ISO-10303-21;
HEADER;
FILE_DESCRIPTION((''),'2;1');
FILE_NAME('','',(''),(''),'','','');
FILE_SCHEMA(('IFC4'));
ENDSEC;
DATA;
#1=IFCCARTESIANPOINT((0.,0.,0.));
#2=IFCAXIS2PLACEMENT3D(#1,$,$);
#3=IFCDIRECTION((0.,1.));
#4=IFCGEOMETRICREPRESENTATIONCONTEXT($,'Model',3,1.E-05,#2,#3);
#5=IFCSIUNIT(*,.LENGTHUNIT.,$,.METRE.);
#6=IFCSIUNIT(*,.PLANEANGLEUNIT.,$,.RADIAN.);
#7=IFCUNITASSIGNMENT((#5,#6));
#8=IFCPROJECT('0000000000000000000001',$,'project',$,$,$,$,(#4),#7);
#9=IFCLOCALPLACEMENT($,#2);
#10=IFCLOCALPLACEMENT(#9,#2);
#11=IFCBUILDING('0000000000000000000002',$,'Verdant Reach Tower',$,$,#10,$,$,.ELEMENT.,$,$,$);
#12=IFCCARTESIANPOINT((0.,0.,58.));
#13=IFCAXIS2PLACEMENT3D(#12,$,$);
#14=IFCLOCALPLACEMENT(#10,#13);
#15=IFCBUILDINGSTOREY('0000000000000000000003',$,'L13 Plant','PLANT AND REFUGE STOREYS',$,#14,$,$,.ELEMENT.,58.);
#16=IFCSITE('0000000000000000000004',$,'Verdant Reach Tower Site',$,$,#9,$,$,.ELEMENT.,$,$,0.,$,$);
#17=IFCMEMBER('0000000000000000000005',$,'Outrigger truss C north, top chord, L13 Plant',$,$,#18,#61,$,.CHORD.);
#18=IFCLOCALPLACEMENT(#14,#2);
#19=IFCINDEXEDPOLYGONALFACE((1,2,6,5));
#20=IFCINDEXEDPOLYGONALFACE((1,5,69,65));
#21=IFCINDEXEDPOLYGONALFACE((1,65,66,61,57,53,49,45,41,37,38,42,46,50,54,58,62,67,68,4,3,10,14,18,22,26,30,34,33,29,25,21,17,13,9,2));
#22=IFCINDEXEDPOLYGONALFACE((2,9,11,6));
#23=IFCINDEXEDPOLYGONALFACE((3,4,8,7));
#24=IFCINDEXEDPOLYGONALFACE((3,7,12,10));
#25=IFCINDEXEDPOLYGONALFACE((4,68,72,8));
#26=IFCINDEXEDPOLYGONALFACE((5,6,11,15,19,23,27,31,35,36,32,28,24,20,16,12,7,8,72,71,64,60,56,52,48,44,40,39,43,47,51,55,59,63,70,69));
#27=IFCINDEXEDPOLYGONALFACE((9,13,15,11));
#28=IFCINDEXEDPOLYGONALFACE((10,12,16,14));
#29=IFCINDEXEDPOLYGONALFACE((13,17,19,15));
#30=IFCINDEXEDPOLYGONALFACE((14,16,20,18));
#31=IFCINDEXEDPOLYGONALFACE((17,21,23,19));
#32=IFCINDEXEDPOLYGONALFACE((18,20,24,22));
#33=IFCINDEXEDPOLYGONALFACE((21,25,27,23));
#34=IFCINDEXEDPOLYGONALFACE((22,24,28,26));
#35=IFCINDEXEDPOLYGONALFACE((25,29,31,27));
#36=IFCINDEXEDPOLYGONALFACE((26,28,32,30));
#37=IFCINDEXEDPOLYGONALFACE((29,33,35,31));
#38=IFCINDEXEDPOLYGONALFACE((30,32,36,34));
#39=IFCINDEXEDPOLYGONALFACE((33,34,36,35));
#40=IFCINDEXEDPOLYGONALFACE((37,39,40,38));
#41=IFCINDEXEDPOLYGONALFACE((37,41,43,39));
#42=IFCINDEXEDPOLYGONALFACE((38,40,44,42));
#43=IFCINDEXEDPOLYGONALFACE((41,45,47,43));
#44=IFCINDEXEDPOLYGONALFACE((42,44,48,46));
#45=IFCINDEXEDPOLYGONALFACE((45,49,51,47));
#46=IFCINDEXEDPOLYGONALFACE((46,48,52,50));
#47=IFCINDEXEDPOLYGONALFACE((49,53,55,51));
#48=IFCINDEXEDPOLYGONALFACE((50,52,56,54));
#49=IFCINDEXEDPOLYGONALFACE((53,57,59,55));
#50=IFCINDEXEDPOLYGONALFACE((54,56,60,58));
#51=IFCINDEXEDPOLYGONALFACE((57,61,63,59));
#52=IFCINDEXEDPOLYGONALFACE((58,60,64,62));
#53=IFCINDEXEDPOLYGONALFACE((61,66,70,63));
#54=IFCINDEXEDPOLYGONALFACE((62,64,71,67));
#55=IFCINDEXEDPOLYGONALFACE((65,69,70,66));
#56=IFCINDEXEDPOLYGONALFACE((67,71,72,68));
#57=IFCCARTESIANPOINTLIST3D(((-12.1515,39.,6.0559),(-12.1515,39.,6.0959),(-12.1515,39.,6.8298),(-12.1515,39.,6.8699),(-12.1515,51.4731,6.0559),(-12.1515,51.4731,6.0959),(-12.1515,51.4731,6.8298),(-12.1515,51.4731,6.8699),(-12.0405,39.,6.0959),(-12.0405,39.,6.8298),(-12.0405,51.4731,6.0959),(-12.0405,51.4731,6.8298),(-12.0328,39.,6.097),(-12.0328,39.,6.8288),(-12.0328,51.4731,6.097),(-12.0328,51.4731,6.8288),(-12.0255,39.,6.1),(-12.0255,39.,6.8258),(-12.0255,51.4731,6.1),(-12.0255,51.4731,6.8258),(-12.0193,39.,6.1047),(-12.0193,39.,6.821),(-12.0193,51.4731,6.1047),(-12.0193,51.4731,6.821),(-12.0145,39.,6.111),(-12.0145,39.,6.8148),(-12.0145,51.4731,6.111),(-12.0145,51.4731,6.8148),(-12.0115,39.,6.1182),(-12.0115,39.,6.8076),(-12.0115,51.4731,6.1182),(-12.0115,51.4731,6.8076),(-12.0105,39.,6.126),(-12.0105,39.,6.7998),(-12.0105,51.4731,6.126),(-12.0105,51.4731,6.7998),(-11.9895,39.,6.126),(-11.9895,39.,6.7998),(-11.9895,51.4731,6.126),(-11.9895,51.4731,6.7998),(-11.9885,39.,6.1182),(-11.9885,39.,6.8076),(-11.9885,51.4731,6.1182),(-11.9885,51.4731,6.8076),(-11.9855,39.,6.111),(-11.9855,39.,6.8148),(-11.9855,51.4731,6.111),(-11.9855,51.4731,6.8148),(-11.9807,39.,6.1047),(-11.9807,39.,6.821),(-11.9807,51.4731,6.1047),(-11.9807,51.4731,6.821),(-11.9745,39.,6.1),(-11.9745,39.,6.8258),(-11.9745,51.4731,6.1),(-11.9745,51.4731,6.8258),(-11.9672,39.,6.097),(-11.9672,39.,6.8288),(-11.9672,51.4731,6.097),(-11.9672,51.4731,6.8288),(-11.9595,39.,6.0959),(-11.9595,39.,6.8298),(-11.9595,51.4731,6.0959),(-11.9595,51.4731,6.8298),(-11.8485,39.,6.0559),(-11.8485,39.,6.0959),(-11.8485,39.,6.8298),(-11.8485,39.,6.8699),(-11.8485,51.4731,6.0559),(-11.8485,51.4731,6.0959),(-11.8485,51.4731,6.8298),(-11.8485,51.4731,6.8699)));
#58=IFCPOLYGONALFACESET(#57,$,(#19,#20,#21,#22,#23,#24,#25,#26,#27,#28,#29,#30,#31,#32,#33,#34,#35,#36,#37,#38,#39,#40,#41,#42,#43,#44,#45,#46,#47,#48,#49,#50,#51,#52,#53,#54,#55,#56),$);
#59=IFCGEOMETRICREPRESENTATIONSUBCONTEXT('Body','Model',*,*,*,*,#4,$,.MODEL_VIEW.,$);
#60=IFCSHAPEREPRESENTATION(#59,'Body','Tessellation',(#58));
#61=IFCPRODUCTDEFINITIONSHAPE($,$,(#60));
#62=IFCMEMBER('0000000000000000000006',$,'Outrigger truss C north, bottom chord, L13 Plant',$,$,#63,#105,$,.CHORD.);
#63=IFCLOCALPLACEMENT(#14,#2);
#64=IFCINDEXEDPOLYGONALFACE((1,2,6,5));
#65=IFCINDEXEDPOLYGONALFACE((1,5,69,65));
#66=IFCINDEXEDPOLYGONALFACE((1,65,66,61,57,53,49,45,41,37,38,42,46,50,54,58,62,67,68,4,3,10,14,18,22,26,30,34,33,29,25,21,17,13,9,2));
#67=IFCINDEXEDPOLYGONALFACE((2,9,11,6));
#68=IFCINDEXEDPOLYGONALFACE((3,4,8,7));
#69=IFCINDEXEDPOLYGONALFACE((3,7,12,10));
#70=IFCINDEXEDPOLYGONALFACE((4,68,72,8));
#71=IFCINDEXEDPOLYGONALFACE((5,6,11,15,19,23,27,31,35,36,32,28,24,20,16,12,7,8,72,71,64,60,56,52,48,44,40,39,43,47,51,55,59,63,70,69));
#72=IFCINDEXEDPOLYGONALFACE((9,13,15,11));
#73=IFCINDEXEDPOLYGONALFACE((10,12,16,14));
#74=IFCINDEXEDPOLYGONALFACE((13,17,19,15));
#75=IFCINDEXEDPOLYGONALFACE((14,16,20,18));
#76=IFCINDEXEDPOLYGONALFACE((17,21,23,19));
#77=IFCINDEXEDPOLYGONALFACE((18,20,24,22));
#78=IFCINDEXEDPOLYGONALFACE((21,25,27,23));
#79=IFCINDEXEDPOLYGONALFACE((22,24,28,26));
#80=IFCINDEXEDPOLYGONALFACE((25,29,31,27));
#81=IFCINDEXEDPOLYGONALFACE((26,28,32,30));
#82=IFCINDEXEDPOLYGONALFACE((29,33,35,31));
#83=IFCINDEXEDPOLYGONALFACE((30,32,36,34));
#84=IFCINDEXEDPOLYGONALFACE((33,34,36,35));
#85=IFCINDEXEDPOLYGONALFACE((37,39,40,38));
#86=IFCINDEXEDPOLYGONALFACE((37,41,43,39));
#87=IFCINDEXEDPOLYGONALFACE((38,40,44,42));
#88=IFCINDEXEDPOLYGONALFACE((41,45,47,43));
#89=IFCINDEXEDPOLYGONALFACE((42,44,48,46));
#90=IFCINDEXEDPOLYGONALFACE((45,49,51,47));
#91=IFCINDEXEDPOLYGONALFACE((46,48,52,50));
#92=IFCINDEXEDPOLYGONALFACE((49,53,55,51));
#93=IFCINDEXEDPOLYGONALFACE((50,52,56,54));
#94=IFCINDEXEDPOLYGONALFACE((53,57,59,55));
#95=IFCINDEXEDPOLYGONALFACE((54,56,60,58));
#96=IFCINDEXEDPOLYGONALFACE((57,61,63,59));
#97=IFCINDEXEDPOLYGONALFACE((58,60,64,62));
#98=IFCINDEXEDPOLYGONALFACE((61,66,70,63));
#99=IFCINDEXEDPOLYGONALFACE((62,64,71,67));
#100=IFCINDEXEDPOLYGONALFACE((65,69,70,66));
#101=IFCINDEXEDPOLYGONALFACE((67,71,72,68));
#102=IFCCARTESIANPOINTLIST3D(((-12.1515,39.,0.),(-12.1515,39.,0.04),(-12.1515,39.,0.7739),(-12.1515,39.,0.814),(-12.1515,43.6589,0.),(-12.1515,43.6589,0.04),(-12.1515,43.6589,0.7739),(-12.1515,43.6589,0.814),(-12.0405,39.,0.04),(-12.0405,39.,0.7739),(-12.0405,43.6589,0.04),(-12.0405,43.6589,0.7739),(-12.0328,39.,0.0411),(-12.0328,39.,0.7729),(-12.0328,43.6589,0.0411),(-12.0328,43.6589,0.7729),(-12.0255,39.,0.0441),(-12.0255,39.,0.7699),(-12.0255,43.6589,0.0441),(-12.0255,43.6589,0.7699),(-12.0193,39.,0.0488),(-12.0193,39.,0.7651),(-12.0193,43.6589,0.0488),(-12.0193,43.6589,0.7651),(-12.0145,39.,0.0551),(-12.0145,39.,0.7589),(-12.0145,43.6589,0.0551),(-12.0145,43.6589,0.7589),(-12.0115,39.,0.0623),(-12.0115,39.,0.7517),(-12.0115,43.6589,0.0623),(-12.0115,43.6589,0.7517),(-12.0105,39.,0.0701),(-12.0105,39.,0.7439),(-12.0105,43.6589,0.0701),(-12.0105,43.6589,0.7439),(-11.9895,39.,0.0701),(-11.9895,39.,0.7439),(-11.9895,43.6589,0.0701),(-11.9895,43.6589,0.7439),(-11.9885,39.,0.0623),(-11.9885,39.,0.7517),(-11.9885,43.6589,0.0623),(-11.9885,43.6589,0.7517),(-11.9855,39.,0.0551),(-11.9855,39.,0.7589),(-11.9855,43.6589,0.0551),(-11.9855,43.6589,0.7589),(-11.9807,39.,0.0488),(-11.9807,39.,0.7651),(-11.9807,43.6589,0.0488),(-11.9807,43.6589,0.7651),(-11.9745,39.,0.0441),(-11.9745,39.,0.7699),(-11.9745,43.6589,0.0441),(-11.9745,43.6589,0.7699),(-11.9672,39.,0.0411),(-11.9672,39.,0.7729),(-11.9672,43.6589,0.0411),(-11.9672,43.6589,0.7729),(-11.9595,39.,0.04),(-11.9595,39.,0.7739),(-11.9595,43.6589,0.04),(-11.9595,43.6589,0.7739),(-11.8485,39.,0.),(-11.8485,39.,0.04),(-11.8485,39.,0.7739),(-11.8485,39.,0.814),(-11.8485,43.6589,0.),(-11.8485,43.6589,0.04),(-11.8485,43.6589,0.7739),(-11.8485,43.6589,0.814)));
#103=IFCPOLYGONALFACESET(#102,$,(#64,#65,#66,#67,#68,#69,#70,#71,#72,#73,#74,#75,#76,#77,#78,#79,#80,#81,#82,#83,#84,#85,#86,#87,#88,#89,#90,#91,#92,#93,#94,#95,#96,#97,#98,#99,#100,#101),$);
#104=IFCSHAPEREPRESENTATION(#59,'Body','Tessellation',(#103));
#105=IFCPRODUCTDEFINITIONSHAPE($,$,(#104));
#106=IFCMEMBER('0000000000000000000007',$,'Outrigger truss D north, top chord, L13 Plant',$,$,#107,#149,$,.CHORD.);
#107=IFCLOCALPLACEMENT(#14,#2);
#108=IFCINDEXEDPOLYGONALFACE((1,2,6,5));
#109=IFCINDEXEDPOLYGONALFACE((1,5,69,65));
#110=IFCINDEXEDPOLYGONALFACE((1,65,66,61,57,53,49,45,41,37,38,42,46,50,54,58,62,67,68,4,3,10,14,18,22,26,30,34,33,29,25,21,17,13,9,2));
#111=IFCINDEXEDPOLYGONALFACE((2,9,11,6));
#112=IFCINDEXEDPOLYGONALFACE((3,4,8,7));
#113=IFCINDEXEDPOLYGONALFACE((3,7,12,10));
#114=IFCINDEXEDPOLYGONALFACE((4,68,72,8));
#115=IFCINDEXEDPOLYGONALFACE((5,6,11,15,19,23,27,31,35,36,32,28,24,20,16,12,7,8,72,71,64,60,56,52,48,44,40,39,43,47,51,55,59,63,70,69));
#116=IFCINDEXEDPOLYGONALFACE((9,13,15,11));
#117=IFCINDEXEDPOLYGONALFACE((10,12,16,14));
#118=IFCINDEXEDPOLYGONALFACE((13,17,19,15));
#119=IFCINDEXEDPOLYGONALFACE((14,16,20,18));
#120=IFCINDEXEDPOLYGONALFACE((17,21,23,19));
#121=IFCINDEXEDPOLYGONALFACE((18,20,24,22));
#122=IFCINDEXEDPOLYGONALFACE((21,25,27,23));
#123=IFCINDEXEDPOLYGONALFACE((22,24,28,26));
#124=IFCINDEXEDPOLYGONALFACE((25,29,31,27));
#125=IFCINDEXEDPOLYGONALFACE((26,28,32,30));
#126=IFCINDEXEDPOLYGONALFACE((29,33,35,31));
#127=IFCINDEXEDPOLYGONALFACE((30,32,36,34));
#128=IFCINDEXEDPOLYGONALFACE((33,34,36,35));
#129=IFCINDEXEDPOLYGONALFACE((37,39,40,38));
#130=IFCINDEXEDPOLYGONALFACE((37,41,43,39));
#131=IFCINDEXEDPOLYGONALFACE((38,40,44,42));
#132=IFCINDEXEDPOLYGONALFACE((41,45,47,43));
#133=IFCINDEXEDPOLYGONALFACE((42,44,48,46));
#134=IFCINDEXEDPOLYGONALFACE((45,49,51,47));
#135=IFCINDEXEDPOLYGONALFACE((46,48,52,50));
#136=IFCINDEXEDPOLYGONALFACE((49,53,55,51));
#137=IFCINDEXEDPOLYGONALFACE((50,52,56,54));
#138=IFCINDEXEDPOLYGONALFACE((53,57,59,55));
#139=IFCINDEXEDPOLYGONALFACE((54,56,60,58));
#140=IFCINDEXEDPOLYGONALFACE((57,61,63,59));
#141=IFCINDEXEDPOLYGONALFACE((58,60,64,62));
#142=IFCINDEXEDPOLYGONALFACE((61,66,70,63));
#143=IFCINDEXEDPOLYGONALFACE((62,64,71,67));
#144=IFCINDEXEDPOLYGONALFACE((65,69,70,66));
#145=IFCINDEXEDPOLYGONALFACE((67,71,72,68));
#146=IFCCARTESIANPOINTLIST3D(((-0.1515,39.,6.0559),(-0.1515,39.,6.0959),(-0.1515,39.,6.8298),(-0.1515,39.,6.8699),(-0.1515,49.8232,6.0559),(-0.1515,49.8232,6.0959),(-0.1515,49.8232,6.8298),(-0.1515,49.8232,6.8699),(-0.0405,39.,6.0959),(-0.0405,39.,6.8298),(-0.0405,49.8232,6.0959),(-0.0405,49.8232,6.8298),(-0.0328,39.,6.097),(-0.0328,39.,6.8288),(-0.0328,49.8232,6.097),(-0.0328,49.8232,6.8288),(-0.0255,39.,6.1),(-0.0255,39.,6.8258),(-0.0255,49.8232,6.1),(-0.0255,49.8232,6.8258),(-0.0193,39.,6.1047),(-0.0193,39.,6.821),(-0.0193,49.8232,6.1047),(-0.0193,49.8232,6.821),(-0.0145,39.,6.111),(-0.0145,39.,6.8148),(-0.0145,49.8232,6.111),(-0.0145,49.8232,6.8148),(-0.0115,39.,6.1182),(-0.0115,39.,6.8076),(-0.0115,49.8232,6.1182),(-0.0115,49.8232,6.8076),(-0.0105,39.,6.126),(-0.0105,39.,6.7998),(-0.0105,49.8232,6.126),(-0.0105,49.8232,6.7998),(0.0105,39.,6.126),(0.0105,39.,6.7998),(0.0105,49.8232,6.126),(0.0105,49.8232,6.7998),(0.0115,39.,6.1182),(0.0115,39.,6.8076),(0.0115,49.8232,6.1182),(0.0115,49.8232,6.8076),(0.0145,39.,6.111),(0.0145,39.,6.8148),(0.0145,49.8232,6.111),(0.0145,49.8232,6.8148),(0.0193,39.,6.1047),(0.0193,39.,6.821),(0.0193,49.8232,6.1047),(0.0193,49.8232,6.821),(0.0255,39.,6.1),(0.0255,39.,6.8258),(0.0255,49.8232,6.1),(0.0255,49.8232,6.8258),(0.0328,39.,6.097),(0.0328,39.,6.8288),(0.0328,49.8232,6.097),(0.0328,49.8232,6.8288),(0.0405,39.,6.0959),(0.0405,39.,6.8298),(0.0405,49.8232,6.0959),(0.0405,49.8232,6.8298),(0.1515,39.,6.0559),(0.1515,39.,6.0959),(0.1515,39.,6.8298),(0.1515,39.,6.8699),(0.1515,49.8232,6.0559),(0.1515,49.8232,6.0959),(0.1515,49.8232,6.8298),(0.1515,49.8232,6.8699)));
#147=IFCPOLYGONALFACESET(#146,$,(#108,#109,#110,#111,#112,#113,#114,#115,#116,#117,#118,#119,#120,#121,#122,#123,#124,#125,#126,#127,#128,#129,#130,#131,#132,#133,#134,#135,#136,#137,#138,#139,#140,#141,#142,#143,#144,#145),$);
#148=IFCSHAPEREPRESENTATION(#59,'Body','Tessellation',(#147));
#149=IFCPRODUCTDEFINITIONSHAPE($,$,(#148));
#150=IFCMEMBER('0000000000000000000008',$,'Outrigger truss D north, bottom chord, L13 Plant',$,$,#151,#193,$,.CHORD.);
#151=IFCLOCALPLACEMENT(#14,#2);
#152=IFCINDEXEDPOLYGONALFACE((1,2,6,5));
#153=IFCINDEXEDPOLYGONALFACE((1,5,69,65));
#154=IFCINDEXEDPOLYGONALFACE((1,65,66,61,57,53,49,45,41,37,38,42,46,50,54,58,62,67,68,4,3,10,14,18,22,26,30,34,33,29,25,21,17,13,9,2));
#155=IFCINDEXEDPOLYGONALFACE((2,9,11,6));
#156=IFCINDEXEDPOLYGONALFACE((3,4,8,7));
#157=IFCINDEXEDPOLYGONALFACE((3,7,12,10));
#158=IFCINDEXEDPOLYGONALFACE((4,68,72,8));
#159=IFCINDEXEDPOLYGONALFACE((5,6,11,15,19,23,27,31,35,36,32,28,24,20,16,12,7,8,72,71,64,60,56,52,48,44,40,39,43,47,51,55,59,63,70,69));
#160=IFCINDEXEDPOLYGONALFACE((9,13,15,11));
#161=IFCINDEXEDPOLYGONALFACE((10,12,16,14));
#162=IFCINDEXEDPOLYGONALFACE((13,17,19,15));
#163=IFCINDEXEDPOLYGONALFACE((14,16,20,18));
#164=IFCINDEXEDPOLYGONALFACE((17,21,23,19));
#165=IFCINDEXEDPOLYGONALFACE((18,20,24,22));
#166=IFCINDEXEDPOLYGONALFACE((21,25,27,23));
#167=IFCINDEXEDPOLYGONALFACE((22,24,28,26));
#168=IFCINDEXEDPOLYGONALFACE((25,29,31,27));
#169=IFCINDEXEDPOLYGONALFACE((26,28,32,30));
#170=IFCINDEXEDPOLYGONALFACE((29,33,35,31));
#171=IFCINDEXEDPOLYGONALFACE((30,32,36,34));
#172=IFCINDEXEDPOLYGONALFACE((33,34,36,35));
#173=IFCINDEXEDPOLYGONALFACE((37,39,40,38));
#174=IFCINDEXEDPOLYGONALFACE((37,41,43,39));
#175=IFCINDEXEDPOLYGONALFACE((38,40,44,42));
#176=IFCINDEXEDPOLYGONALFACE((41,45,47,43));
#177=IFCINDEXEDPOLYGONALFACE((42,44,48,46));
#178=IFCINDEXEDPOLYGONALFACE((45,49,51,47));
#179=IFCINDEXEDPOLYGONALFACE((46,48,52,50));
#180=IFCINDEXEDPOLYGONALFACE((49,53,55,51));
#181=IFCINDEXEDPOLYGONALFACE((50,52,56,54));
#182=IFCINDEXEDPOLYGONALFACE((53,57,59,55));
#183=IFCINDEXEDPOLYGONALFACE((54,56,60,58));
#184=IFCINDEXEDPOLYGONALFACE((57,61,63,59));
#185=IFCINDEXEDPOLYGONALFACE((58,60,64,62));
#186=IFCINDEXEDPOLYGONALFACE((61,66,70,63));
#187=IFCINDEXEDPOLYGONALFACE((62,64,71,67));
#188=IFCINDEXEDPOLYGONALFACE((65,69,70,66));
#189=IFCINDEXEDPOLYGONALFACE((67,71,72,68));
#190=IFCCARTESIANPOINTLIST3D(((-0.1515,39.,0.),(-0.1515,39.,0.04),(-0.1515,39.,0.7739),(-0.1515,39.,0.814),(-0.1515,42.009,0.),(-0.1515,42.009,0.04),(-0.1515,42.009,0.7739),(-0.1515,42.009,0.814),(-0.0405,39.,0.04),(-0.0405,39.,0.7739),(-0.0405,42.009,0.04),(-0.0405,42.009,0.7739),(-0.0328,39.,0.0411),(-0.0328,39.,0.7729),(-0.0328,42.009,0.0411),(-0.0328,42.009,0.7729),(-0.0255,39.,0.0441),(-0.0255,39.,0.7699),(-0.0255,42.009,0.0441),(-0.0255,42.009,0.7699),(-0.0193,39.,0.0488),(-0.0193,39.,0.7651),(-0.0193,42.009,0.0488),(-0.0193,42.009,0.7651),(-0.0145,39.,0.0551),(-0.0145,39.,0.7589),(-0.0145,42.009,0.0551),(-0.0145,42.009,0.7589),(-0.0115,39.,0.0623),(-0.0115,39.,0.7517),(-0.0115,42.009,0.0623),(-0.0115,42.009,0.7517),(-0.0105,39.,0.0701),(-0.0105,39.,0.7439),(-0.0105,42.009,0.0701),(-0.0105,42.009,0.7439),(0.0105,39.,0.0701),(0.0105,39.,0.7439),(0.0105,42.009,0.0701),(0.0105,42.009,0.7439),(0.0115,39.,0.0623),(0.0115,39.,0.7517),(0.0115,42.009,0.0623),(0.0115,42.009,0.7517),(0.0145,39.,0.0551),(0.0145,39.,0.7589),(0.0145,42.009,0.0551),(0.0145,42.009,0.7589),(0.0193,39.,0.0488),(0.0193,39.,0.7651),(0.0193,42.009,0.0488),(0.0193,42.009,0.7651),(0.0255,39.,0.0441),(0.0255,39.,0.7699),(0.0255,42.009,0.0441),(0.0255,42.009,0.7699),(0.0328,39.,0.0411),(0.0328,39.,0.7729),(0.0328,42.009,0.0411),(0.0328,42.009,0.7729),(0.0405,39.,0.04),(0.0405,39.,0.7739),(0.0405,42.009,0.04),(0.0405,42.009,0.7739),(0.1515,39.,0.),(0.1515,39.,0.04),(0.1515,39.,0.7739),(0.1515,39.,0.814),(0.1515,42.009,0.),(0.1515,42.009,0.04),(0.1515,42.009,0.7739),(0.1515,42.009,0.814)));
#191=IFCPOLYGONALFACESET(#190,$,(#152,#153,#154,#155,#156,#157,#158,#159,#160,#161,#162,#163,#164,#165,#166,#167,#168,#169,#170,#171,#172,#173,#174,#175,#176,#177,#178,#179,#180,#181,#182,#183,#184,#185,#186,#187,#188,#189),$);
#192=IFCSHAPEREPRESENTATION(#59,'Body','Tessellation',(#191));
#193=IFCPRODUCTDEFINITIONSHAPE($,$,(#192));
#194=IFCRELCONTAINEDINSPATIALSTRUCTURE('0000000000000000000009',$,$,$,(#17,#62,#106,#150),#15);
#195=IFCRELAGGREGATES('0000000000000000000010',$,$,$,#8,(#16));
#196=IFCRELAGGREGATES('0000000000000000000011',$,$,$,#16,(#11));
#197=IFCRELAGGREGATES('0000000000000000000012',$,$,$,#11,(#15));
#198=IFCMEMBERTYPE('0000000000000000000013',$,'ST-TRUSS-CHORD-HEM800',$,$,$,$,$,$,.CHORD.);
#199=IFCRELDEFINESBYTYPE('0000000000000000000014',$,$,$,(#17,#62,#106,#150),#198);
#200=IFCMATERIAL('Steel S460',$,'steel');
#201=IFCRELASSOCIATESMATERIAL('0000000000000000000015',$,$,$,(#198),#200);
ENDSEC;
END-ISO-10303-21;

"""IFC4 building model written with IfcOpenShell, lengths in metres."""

from ifc_helpers import new_model, si_unit, direction, frame, origin, origin_2d, place, context, subcontext, project, spatial, i_section, extrude, material, material_profile, profile_set, type_object, element, save


model = new_model("IFC4")

# Units and contexts
model_context = context("Model", 3, precision=1e-05, world=origin(), true_north=direction((0.0, 1.0)))
body_context = subcontext(model_context, "Body", "Model", "MODEL_VIEW")
ifc_project = project(units=[si_unit("LENGTHUNIT", "METRE"), si_unit("PLANEANGLEUNIT", "RADIAN")], contexts=[model_context])

# Site, building, storey
site_placement = place(None, origin())
site = spatial("IfcSite", under=ifc_project, at=site_placement, Name="Verdant Reach Tower Site", CompositionType="ELEMENT", RefElevation=0.0)
building_placement = place(site_placement, origin())
building = spatial("IfcBuilding", under=site, at=building_placement, Name="Verdant Reach Tower", CompositionType="ELEMENT")
storey_placement = place(building_placement, frame((0.0, 0.0, 58.0)))
storey = spatial("IfcBuildingStorey", under=building, at=storey_placement, Name="L13 Plant", Description="PLANT AND REFUGE STOREYS", CompositionType="ELEMENT", Elevation=58.0)

# Shared definitions
ifc_material_1 = material(Name="Steel S460", Category="steel")

# Members
ifc_material_profile_1 = material_profile(ifc_material_1, i_section(OverallWidth=0.303, OverallDepth=0.814, WebThickness=0.021, FlangeThickness=0.04, FilletRadius=0.03, at=origin_2d()), Name="HEM 800")
ifc_profile_set_1 = profile_set([ifc_material_profile_1], Name="Steel S460")
member_type_1 = type_object("IfcMemberType", Name="ST-TRUSS-CHORD-HEM800", PredefinedType="CHORD", material=ifc_profile_set_1)
member_1_placement = place(storey_placement, frame((-12.0, 39.0, 6.4629), z_axis=(0.0, 1.0, 0.0), x_axis=(-1.0, 0.0, 0.0)))
element("IfcMember", 1, at=member_1_placement, inside=storey, type_object=member_type_1, Name="Outrigger truss C north, top chord, L13 Plant", PredefinedType="CHORD", context=body_context, shape_type="SweptSolid", body=[
    extrude(i_section(OverallWidth=0.303, OverallDepth=0.814, WebThickness=0.021, FlangeThickness=0.04, FilletRadius=0.03, at=origin_2d()), origin(), (0.0, 0.0, 1.0), 12.4731),
])
member_2_placement = place(storey_placement, frame((-12.0, 39.0, 0.407), z_axis=(0.0, 1.0, 0.0), x_axis=(-1.0, 0.0, 0.0)))
element("IfcMember", 2, at=member_2_placement, inside=storey, type_object=member_type_1, Name="Outrigger truss C north, bottom chord, L13 Plant", PredefinedType="CHORD", context=body_context, shape_type="SweptSolid", body=[
    extrude(i_section(OverallWidth=0.303, OverallDepth=0.814, WebThickness=0.021, FlangeThickness=0.04, FilletRadius=0.03, at=origin_2d()), origin(), (0.0, 0.0, 1.0), 4.6589),
])
member_3_placement = place(storey_placement, frame((0.0, 39.0, 6.4629), z_axis=(0.0, 1.0, 0.0), x_axis=(-1.0, 0.0, 0.0)))
element("IfcMember", 3, at=member_3_placement, inside=storey, type_object=member_type_1, Name="Outrigger truss D north, top chord, L13 Plant", PredefinedType="CHORD", context=body_context, shape_type="SweptSolid", body=[
    extrude(i_section(OverallWidth=0.303, OverallDepth=0.814, WebThickness=0.021, FlangeThickness=0.04, FilletRadius=0.03, at=origin_2d()), origin(), (0.0, 0.0, 1.0), 10.8232),
])
member_4_placement = place(storey_placement, frame((0.0, 39.0, 0.407), z_axis=(0.0, 1.0, 0.0), x_axis=(-1.0, 0.0, 0.0)))
element("IfcMember", 4, at=member_4_placement, inside=storey, type_object=member_type_1, Name="Outrigger truss D north, bottom chord, L13 Plant", PredefinedType="CHORD", context=body_context, shape_type="SweptSolid", body=[
    extrude(i_section(OverallWidth=0.303, OverallDepth=0.814, WebThickness=0.021, FlangeThickness=0.04, FilletRadius=0.03, at=origin_2d()), origin(), (0.0, 0.0, 1.0), 3.009),
])

save(model, "model.ifc")
